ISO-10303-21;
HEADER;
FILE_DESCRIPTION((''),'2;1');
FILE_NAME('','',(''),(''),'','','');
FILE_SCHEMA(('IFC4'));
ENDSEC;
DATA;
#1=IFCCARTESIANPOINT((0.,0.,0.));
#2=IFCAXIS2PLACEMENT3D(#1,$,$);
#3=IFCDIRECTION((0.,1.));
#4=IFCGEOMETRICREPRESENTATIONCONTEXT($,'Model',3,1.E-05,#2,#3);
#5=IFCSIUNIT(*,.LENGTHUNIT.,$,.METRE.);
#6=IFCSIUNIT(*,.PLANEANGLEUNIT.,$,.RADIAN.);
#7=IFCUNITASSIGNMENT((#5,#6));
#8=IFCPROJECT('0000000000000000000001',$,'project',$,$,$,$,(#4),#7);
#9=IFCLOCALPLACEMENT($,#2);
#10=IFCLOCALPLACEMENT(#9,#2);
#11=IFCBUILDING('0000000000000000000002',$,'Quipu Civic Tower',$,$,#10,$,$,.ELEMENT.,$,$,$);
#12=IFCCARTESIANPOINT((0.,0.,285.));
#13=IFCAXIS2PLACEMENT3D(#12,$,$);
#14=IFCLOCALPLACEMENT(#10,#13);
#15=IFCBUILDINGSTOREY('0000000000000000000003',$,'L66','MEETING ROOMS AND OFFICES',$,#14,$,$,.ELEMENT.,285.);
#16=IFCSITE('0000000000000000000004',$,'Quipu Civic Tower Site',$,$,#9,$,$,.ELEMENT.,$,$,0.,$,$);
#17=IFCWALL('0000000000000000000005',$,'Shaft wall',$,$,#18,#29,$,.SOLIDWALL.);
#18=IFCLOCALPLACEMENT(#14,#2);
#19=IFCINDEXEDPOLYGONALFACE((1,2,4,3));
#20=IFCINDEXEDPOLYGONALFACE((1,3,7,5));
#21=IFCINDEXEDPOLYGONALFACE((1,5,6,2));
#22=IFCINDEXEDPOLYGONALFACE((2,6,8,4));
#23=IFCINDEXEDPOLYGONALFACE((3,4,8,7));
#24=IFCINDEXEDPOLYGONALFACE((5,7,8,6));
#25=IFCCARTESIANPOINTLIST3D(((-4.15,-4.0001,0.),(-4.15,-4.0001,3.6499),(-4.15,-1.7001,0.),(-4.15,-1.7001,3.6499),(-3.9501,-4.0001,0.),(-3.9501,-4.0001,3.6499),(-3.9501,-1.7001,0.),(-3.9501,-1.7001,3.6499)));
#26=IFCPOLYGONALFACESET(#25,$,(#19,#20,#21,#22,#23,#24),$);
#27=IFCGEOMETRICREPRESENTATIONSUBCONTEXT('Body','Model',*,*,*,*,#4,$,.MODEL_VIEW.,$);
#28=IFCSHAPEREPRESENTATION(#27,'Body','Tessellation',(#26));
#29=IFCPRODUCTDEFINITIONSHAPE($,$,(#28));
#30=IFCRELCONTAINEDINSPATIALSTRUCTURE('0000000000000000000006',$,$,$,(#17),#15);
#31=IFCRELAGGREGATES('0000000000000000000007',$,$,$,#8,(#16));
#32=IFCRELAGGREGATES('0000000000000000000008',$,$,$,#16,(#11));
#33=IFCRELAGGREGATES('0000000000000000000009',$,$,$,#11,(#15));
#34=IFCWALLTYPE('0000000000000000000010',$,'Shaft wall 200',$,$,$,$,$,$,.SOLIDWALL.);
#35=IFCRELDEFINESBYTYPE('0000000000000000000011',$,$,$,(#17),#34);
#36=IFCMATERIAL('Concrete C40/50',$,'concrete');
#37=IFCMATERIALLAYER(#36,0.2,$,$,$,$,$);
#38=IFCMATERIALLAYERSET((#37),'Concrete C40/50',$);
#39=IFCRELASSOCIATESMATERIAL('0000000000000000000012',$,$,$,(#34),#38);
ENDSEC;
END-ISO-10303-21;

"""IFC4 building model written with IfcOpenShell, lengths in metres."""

from ifc_helpers import new_model, si_unit, direction, frame, frame_2d, origin, place, context, subcontext, project, spatial, rectangle, extrude, material, layer, layer_set, type_object, element, save


model = new_model("IFC4")

# Units and contexts
model_context = context("Model", 3, precision=1e-05, world=origin(), true_north=direction((0.0, 1.0)))
body_context = subcontext(model_context, "Body", "Model", "MODEL_VIEW")
ifc_project = project(units=[si_unit("LENGTHUNIT", "METRE"), si_unit("PLANEANGLEUNIT", "RADIAN")], contexts=[model_context])

# Site, building, storey
site_placement = place(None, origin())
site = spatial("IfcSite", under=ifc_project, at=site_placement, Name="Quipu Civic Tower Site", CompositionType="ELEMENT", RefElevation=0.0)
building_placement = place(site_placement, origin())
building = spatial("IfcBuilding", under=site, at=building_placement, Name="Quipu Civic Tower", CompositionType="ELEMENT")
storey_placement = place(building_placement, frame((0.0, 0.0, 285.0)))
storey = spatial("IfcBuildingStorey", under=building, at=storey_placement, Name="L66", Description="MEETING ROOMS AND OFFICES", CompositionType="ELEMENT", Elevation=285.0)

# Wall
ifc_material_1 = material(Name="Concrete C40/50", Category="concrete")
ifc_layer_1 = layer(ifc_material_1, 0.2)
ifc_layer_set_1 = layer_set([ifc_layer_1], Name="Concrete C40/50")
wall_type_1 = type_object("IfcWallType", Name="Shaft wall 200", PredefinedType="SOLIDWALL", material=ifc_layer_set_1)
for number, where, z_axis, x_axis, name in (
    (1, (-4.05, -4.0, 0.0), (0.0, 0.0, 1.0), (0.0, 1.0, 0.0), "Shaft wall"),
):
    element("IfcWall", number, at=place(storey_placement, frame(where, z_axis=z_axis, x_axis=x_axis)), inside=storey, type_object=wall_type_1, Name=name, PredefinedType="SOLIDWALL", context=body_context, shape_type="SweptSolid", body=[
        extrude(rectangle(XDim=2.3, YDim=0.2, at=frame_2d((1.1499, 0.0))), origin(), (0.0, 0.0, 1.0), 3.6499),
    ])

save(model, "model.ifc")
